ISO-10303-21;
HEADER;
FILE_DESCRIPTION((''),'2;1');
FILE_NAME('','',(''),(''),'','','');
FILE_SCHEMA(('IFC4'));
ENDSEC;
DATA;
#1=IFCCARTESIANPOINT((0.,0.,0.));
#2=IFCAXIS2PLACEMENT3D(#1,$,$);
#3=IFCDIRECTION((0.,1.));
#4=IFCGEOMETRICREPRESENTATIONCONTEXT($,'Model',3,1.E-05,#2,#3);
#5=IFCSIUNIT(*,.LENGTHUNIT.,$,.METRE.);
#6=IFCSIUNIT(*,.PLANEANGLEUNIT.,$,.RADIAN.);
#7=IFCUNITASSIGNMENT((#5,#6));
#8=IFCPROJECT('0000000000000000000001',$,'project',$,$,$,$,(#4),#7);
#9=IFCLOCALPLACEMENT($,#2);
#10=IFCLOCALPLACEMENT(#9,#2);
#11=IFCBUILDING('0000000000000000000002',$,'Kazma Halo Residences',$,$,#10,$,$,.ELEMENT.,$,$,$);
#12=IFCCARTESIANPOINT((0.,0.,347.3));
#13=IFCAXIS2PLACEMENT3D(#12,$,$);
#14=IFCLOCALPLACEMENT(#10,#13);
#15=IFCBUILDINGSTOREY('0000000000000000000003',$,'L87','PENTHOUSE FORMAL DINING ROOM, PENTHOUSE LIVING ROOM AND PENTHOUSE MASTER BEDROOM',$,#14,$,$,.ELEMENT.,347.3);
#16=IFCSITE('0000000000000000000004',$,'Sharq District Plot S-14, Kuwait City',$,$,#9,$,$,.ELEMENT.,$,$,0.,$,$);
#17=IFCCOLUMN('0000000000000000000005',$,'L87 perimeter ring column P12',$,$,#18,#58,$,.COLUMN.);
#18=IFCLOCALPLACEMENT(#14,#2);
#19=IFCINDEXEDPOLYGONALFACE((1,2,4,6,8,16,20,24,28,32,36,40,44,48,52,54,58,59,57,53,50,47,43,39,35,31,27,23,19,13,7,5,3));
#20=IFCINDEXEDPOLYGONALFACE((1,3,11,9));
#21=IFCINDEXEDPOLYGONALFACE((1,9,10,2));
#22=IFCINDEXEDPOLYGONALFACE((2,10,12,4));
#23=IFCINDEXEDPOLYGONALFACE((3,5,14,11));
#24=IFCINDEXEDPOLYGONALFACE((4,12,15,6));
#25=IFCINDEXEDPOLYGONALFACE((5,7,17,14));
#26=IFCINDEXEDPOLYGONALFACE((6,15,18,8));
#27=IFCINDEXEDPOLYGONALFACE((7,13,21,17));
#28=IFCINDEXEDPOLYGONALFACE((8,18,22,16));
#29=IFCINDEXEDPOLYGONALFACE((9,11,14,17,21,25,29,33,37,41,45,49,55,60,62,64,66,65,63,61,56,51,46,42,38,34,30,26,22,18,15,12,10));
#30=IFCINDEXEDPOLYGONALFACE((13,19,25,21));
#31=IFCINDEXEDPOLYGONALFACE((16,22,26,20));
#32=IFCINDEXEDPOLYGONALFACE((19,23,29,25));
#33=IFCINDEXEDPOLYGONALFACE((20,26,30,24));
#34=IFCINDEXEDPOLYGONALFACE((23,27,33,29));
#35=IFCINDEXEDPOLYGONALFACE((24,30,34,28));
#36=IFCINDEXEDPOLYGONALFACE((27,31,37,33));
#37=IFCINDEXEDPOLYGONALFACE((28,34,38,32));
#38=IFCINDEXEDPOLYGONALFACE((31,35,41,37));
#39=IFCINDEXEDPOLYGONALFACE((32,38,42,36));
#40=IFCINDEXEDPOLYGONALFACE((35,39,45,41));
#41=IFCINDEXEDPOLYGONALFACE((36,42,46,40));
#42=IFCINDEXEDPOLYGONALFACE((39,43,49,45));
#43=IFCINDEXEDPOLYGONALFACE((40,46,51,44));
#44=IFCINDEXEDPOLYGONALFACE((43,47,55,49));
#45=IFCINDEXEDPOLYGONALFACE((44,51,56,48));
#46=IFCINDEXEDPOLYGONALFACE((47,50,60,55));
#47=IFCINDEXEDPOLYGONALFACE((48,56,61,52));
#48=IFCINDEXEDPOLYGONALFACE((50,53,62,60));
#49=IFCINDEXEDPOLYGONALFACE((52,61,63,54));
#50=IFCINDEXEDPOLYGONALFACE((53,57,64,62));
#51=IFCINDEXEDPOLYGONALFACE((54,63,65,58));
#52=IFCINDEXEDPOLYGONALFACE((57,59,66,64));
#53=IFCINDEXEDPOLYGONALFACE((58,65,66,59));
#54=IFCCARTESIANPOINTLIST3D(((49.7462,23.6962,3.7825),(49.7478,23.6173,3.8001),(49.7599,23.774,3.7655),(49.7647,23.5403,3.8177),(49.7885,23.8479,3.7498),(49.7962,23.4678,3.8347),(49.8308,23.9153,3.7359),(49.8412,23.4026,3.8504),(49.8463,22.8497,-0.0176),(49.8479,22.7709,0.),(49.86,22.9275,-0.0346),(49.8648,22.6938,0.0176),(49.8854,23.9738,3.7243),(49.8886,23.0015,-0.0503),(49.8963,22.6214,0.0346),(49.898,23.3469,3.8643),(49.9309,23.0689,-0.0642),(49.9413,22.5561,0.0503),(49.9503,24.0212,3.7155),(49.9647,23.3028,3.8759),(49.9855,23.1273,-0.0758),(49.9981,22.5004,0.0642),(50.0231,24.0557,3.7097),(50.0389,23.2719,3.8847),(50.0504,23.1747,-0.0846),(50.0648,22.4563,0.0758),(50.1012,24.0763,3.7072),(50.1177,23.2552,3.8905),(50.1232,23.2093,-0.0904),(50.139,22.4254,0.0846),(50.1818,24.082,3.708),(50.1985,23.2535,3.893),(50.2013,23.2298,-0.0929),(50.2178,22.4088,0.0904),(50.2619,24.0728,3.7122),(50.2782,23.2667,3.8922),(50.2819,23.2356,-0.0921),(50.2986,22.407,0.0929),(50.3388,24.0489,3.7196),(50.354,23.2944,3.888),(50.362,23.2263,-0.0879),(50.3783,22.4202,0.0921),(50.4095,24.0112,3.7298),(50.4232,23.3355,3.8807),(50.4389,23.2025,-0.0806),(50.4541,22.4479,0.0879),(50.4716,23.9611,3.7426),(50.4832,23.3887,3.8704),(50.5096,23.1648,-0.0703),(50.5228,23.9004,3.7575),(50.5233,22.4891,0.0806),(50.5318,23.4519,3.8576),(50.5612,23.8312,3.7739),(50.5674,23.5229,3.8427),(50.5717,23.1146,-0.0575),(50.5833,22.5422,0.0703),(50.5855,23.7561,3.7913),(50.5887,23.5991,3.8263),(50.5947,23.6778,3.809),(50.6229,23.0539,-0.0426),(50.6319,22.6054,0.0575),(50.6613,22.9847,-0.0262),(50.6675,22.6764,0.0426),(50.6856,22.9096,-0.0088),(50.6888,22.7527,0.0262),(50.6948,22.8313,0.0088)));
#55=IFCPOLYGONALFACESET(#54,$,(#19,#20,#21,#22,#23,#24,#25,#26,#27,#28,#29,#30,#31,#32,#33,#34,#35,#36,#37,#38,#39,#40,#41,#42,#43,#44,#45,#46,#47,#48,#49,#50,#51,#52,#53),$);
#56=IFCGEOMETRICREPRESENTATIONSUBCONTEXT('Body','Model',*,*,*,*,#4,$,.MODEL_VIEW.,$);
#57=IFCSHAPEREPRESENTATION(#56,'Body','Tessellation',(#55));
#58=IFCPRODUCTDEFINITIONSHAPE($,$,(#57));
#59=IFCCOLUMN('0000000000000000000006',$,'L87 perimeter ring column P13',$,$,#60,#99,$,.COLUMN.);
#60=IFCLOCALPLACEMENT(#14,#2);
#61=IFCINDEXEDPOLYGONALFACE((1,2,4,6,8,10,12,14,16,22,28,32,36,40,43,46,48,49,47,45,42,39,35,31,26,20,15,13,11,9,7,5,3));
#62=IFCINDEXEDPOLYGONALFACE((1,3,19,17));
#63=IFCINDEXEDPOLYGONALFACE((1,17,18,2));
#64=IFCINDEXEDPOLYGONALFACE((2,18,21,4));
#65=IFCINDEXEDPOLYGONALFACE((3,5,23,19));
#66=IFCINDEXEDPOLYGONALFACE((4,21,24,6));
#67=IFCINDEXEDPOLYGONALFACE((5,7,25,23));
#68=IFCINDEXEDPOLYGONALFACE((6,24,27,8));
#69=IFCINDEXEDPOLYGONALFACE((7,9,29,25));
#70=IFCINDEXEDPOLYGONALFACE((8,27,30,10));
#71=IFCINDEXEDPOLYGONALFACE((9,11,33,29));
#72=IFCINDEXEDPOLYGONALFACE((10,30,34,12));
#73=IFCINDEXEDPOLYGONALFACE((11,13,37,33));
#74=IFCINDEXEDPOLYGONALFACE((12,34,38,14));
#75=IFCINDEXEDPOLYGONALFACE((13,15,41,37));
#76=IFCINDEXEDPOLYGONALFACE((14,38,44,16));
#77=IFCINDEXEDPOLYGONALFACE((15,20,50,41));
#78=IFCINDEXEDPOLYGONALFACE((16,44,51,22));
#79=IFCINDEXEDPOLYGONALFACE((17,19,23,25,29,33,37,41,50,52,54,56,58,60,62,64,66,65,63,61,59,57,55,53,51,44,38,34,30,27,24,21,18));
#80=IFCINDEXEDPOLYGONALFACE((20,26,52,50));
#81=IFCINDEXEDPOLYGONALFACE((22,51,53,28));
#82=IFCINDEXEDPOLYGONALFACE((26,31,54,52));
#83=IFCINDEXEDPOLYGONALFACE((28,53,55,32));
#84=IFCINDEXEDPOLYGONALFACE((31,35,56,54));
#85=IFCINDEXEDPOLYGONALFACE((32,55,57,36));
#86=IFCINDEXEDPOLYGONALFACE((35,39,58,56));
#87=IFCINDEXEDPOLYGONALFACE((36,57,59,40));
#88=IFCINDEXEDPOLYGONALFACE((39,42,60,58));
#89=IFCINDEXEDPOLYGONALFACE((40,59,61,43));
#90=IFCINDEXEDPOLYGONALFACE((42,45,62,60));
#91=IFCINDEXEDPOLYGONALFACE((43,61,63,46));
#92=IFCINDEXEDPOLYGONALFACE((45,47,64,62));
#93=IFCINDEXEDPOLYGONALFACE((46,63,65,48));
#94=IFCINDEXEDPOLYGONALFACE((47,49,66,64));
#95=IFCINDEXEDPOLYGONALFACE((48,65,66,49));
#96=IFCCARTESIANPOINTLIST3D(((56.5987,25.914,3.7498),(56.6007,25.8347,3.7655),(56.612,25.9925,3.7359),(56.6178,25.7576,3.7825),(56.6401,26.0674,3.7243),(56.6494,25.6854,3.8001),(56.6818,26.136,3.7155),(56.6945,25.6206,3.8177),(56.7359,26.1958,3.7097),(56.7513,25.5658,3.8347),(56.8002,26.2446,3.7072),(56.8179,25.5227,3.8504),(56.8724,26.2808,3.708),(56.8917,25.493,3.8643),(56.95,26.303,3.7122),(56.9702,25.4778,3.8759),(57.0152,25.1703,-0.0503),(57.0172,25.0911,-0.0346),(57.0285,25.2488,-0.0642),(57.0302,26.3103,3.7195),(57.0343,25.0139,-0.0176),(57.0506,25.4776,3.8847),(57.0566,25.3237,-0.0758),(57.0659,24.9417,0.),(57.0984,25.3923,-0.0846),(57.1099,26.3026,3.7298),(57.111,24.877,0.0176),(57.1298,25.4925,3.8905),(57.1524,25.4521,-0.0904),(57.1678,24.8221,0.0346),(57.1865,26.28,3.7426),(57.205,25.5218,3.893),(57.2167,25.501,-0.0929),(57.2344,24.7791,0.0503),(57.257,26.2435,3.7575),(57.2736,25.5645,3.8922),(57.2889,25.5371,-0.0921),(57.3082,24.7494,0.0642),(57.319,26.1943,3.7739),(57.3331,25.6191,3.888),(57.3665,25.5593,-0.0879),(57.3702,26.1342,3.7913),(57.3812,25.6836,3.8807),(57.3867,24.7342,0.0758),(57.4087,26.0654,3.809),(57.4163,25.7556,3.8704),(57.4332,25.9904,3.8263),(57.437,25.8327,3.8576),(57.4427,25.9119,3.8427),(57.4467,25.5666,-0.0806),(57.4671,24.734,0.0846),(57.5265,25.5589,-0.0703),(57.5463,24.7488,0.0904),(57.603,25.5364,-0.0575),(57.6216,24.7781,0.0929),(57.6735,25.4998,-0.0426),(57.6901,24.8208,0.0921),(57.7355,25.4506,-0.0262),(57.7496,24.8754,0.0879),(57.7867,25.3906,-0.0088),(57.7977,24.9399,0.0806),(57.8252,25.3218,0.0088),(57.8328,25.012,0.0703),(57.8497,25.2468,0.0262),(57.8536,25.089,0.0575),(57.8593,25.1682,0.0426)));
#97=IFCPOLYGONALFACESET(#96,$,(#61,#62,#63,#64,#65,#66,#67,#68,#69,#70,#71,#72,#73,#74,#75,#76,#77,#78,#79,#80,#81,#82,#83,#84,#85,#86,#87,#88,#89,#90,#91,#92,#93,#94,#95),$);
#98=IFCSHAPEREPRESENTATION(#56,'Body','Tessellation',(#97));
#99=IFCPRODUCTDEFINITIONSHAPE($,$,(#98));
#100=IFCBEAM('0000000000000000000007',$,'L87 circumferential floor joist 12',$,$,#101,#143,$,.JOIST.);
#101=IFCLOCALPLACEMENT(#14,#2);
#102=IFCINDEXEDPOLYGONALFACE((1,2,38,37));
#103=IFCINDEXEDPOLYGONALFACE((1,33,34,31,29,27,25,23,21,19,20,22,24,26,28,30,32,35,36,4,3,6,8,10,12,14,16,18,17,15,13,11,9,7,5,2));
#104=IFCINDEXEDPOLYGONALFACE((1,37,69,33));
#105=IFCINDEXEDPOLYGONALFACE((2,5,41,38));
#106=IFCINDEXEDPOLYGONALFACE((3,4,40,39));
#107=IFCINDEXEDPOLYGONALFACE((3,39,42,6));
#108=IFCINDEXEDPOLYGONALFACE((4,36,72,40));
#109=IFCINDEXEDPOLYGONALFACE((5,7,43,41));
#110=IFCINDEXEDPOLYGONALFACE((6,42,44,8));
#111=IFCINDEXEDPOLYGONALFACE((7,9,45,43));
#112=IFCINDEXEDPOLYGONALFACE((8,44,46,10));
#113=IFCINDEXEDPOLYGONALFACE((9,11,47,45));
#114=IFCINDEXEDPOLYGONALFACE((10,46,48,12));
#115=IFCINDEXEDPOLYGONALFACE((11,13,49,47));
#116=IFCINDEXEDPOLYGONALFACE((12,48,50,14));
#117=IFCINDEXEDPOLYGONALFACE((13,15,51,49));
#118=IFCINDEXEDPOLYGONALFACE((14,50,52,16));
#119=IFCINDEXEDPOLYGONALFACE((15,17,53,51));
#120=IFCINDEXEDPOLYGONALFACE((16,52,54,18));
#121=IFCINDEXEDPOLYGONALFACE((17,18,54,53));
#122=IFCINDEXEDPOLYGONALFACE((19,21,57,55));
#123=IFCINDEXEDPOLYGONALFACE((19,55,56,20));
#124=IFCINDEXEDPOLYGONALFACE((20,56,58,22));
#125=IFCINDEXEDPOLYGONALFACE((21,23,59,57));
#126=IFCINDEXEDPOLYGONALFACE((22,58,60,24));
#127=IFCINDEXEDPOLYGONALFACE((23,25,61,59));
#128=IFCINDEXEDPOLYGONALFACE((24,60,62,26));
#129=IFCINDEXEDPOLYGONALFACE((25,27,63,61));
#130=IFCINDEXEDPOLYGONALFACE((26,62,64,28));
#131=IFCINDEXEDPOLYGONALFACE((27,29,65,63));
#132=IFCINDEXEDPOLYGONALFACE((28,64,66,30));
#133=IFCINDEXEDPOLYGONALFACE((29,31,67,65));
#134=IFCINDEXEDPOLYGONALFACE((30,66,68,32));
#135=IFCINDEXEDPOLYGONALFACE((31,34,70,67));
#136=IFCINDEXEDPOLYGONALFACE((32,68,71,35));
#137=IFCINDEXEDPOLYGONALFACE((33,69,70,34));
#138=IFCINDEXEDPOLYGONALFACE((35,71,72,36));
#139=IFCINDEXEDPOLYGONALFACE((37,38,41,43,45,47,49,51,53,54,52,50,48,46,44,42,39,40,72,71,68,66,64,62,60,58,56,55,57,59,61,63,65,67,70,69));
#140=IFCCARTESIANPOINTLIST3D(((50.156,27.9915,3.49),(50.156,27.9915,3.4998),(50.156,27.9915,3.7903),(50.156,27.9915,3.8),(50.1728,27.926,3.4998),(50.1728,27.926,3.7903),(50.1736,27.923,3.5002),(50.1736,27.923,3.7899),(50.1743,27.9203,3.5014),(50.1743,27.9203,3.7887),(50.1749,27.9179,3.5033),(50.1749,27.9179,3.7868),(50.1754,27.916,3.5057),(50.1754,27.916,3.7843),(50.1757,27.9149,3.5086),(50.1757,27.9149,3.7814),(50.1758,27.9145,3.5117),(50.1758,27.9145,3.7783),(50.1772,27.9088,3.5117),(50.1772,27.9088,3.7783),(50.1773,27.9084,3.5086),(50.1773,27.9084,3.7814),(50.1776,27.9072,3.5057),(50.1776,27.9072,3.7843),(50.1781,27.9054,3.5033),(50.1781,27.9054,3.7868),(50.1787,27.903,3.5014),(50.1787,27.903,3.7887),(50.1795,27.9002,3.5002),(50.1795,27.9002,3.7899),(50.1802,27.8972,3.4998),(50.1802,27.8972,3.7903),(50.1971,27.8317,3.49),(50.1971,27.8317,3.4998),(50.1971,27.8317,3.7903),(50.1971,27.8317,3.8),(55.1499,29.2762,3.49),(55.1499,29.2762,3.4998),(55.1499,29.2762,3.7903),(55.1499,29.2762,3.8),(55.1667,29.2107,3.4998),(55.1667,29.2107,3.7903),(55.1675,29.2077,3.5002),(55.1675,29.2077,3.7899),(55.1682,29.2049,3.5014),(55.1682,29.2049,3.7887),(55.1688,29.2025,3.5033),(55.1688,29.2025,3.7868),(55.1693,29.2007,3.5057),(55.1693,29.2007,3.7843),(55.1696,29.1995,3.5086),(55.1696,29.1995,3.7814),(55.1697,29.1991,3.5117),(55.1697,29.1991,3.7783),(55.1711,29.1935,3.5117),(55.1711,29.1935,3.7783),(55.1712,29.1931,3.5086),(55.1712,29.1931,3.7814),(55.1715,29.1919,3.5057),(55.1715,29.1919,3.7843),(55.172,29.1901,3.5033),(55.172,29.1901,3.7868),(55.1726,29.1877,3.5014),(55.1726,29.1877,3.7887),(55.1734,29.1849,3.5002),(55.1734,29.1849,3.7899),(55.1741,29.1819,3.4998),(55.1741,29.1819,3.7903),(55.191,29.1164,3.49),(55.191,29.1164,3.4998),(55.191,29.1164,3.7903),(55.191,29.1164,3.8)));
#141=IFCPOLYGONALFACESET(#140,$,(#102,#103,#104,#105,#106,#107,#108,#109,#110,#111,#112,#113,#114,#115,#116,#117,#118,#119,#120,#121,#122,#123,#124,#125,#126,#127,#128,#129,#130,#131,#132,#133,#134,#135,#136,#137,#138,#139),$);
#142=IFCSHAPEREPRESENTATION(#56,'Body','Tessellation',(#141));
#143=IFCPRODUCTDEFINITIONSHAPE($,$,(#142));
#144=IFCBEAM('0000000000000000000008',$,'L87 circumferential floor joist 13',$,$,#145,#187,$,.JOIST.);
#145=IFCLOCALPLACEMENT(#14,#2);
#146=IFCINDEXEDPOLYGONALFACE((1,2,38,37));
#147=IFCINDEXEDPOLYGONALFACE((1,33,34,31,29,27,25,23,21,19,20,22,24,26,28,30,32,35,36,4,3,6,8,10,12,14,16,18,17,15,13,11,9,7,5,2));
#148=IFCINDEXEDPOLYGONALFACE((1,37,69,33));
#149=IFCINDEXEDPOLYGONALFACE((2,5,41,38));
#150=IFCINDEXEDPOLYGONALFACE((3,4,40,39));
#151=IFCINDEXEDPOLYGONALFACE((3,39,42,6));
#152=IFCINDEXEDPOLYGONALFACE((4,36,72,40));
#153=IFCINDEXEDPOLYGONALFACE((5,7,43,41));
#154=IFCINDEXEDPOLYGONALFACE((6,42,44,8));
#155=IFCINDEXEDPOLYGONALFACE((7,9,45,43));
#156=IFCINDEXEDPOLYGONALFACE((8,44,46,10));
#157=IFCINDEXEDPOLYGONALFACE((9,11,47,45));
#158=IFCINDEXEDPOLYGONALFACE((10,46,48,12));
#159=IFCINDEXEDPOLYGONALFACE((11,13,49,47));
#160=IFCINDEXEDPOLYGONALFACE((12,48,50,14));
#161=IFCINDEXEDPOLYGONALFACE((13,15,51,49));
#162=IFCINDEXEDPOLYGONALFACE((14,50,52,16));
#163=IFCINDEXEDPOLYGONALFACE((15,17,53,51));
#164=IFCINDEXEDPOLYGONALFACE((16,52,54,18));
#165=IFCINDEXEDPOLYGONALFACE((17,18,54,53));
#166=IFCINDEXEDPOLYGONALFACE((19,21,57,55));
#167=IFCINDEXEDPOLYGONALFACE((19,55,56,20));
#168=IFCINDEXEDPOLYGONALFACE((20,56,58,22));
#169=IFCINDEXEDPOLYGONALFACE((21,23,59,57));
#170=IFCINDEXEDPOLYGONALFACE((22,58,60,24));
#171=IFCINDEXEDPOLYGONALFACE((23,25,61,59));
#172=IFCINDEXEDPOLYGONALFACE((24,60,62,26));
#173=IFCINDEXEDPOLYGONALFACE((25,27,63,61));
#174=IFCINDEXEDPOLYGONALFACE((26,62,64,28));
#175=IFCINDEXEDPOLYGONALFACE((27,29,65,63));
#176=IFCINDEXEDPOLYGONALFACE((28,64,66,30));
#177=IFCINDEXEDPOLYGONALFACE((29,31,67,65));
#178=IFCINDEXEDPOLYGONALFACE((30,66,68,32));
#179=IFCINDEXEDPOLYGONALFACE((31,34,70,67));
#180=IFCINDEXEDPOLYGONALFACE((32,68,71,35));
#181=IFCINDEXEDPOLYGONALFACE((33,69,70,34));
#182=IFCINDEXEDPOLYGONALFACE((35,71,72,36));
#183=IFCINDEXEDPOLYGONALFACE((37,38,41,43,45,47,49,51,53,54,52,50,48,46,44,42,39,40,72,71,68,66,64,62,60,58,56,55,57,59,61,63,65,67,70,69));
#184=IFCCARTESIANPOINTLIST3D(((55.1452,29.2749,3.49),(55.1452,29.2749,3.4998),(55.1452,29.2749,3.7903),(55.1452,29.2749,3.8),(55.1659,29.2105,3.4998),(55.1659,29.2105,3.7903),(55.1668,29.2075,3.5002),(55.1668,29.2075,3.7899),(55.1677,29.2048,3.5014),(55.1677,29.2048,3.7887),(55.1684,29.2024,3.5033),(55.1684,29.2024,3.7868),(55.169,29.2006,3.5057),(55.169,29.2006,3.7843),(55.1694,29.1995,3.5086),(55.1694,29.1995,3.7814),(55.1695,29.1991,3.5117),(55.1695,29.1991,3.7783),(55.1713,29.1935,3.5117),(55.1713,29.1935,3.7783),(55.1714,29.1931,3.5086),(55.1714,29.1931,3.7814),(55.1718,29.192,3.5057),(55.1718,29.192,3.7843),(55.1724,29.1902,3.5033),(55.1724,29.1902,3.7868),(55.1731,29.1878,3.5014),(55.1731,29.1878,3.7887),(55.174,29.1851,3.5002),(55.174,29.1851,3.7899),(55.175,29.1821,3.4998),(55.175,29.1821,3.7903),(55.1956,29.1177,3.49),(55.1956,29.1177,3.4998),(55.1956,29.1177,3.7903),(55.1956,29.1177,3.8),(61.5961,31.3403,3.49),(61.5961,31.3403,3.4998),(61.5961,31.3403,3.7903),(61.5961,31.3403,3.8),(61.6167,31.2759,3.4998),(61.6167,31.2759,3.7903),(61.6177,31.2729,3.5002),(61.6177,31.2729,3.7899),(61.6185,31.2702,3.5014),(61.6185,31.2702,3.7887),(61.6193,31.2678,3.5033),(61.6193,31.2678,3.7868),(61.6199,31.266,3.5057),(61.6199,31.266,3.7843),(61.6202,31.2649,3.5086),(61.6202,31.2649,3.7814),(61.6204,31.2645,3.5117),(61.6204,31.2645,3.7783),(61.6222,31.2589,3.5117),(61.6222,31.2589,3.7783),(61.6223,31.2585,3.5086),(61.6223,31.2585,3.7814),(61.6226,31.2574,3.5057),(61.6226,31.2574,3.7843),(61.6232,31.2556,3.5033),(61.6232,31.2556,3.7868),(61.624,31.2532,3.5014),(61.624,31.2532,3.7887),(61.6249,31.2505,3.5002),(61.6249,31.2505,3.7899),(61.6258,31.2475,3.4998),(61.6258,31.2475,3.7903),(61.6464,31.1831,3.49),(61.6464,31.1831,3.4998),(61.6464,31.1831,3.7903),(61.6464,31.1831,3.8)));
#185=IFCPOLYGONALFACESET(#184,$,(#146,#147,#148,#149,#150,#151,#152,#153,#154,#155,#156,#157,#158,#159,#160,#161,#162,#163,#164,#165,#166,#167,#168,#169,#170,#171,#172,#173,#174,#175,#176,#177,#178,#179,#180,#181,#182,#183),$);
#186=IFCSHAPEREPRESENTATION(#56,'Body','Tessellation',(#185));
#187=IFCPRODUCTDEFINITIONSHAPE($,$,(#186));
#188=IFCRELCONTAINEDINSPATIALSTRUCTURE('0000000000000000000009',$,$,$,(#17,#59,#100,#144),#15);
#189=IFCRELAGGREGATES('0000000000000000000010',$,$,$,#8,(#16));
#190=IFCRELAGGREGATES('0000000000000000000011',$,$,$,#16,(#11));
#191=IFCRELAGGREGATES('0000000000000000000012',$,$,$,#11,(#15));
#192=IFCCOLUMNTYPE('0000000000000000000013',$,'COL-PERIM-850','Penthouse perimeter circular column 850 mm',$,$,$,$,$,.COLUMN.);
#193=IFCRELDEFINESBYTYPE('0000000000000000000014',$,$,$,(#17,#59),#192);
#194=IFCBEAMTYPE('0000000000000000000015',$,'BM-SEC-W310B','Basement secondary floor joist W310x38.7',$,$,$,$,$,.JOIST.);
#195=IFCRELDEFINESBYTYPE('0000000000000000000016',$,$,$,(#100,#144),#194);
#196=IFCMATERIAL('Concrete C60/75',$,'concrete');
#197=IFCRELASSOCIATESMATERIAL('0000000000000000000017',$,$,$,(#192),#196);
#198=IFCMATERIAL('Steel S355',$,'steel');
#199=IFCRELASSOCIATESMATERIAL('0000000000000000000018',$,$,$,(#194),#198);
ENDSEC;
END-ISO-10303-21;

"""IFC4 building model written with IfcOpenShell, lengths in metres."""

from ifc_helpers import new_model, si_unit, direction, frame, origin, origin_2d, place, context, subcontext, project, spatial, circle, i_section, extrude, material, material_profile, profile_set, type_object, element, save


model = new_model("IFC4")

# Units and contexts
model_context = context("Model", 3, precision=1e-05, world=origin(), true_north=direction((0.0, 1.0)))
body_context = subcontext(model_context, "Body", "Model", "MODEL_VIEW")
ifc_project = project(units=[si_unit("LENGTHUNIT", "METRE"), si_unit("PLANEANGLEUNIT", "RADIAN")], contexts=[model_context])

# Site, building, storey
site_placement = place(None, origin())
site = spatial("IfcSite", under=ifc_project, at=site_placement, Name="Sharq District Plot S-14, Kuwait City", CompositionType="ELEMENT", RefElevation=0.0)
building_placement = place(site_placement, origin())
building = spatial("IfcBuilding", under=site, at=building_placement, Name="Kazma Halo Residences", CompositionType="ELEMENT")
storey_placement = place(building_placement, frame((0.0, 0.0, 347.3)))
storey = spatial("IfcBuildingStorey", under=building, at=storey_placement, Name="L87", Description="PENTHOUSE FORMAL DINING ROOM, PENTHOUSE LIVING ROOM AND PENTHOUSE MASTER BEDROOM", CompositionType="ELEMENT", Elevation=347.3)

# Columns
ifc_material_1 = material(Name="Concrete C60/75", Category="concrete")
ifc_material_profile_1 = material_profile(ifc_material_1, circle(Radius=0.425, at=origin_2d()), Name="CIRC850")
ifc_profile_set_1 = profile_set([ifc_material_profile_1], Name="Concrete C60/75")
column_type = type_object("IfcColumnType", Name="COL-PERIM-850", Description="Penthouse perimeter circular column 850 mm", PredefinedType="COLUMN", material=ifc_profile_set_1)
for number, where, z_axis, x_axis, name in (
    (1, (50.27, 22.8208, 0.0), (-0.025703, 0.217343, 0.975757), (-0.99308, -0.11744, 0.0), "L87 perimeter ring column P12"),
    (2, (57.4368, 25.1494, 0.0), (-0.106948, 0.190951, 0.975756), (-0.872477, -0.488656, 0.0), "L87 perimeter ring column P13"),
):
    element("IfcColumn", number, at=place(storey_placement, frame(where, z_axis=z_axis, x_axis=x_axis)), inside=storey, type_object=column_type, Name=name, PredefinedType="COLUMN", context=body_context, shape_type="SweptSolid", body=[
        extrude(circle(Radius=0.425, at=origin_2d()), origin(), (0.0, 0.0, 1.0), 3.8945),
    ])

# Beams
ifc_material_2 = material(Name="Steel S355", Category="steel")
ifc_material_profile_2 = material_profile(ifc_material_2, i_section(OverallWidth=0.165, OverallDepth=0.3101, WebThickness=0.0059, FlangeThickness=0.0098, FilletRadius=0.012, at=origin_2d()), Name="W310x38.7")
ifc_profile_set_2 = profile_set([ifc_material_profile_2], Name="Steel S355")
beam_type_1 = type_object("IfcBeamType", Name="BM-SEC-W310B", Description="Basement secondary floor joist W310x38.7", PredefinedType="JOIST", material=ifc_profile_set_2)
beam_1_placement = place(storey_placement, frame((50.1765, 27.9116, 3.645), z_axis=(0.968468, 0.249136, 0.0), x_axis=(-0.249136, 0.968468, 0.0)))
element("IfcBeam", 3, at=beam_1_placement, inside=storey, type_object=beam_type_1, Name="L87 circumferential floor joist 12", PredefinedType="JOIST", context=body_context, shape_type="SweptSolid", body=[
    extrude(i_section(OverallWidth=0.165, OverallDepth=0.3101, WebThickness=0.0059, FlangeThickness=0.0098, FilletRadius=0.012, at=origin_2d()), origin(), (0.0, 0.0, 1.0), 5.1565),
])
beam_2_placement = place(storey_placement, frame((55.1704, 29.1963, 3.645), z_axis=(0.952376, 0.304927, 0.0), x_axis=(-0.304927, 0.952376, 0.0)))
element("IfcBeam", 4, at=beam_2_placement, inside=storey, type_object=beam_type_1, Name="L87 circumferential floor joist 13", PredefinedType="JOIST", context=body_context, shape_type="SweptSolid", body=[
    extrude(i_section(OverallWidth=0.165, OverallDepth=0.3101, WebThickness=0.0059, FlangeThickness=0.0098, FilletRadius=0.012, at=origin_2d()), origin(), (0.0, 0.0, 1.0), 6.7734),
])

save(model, "model.ifc")
